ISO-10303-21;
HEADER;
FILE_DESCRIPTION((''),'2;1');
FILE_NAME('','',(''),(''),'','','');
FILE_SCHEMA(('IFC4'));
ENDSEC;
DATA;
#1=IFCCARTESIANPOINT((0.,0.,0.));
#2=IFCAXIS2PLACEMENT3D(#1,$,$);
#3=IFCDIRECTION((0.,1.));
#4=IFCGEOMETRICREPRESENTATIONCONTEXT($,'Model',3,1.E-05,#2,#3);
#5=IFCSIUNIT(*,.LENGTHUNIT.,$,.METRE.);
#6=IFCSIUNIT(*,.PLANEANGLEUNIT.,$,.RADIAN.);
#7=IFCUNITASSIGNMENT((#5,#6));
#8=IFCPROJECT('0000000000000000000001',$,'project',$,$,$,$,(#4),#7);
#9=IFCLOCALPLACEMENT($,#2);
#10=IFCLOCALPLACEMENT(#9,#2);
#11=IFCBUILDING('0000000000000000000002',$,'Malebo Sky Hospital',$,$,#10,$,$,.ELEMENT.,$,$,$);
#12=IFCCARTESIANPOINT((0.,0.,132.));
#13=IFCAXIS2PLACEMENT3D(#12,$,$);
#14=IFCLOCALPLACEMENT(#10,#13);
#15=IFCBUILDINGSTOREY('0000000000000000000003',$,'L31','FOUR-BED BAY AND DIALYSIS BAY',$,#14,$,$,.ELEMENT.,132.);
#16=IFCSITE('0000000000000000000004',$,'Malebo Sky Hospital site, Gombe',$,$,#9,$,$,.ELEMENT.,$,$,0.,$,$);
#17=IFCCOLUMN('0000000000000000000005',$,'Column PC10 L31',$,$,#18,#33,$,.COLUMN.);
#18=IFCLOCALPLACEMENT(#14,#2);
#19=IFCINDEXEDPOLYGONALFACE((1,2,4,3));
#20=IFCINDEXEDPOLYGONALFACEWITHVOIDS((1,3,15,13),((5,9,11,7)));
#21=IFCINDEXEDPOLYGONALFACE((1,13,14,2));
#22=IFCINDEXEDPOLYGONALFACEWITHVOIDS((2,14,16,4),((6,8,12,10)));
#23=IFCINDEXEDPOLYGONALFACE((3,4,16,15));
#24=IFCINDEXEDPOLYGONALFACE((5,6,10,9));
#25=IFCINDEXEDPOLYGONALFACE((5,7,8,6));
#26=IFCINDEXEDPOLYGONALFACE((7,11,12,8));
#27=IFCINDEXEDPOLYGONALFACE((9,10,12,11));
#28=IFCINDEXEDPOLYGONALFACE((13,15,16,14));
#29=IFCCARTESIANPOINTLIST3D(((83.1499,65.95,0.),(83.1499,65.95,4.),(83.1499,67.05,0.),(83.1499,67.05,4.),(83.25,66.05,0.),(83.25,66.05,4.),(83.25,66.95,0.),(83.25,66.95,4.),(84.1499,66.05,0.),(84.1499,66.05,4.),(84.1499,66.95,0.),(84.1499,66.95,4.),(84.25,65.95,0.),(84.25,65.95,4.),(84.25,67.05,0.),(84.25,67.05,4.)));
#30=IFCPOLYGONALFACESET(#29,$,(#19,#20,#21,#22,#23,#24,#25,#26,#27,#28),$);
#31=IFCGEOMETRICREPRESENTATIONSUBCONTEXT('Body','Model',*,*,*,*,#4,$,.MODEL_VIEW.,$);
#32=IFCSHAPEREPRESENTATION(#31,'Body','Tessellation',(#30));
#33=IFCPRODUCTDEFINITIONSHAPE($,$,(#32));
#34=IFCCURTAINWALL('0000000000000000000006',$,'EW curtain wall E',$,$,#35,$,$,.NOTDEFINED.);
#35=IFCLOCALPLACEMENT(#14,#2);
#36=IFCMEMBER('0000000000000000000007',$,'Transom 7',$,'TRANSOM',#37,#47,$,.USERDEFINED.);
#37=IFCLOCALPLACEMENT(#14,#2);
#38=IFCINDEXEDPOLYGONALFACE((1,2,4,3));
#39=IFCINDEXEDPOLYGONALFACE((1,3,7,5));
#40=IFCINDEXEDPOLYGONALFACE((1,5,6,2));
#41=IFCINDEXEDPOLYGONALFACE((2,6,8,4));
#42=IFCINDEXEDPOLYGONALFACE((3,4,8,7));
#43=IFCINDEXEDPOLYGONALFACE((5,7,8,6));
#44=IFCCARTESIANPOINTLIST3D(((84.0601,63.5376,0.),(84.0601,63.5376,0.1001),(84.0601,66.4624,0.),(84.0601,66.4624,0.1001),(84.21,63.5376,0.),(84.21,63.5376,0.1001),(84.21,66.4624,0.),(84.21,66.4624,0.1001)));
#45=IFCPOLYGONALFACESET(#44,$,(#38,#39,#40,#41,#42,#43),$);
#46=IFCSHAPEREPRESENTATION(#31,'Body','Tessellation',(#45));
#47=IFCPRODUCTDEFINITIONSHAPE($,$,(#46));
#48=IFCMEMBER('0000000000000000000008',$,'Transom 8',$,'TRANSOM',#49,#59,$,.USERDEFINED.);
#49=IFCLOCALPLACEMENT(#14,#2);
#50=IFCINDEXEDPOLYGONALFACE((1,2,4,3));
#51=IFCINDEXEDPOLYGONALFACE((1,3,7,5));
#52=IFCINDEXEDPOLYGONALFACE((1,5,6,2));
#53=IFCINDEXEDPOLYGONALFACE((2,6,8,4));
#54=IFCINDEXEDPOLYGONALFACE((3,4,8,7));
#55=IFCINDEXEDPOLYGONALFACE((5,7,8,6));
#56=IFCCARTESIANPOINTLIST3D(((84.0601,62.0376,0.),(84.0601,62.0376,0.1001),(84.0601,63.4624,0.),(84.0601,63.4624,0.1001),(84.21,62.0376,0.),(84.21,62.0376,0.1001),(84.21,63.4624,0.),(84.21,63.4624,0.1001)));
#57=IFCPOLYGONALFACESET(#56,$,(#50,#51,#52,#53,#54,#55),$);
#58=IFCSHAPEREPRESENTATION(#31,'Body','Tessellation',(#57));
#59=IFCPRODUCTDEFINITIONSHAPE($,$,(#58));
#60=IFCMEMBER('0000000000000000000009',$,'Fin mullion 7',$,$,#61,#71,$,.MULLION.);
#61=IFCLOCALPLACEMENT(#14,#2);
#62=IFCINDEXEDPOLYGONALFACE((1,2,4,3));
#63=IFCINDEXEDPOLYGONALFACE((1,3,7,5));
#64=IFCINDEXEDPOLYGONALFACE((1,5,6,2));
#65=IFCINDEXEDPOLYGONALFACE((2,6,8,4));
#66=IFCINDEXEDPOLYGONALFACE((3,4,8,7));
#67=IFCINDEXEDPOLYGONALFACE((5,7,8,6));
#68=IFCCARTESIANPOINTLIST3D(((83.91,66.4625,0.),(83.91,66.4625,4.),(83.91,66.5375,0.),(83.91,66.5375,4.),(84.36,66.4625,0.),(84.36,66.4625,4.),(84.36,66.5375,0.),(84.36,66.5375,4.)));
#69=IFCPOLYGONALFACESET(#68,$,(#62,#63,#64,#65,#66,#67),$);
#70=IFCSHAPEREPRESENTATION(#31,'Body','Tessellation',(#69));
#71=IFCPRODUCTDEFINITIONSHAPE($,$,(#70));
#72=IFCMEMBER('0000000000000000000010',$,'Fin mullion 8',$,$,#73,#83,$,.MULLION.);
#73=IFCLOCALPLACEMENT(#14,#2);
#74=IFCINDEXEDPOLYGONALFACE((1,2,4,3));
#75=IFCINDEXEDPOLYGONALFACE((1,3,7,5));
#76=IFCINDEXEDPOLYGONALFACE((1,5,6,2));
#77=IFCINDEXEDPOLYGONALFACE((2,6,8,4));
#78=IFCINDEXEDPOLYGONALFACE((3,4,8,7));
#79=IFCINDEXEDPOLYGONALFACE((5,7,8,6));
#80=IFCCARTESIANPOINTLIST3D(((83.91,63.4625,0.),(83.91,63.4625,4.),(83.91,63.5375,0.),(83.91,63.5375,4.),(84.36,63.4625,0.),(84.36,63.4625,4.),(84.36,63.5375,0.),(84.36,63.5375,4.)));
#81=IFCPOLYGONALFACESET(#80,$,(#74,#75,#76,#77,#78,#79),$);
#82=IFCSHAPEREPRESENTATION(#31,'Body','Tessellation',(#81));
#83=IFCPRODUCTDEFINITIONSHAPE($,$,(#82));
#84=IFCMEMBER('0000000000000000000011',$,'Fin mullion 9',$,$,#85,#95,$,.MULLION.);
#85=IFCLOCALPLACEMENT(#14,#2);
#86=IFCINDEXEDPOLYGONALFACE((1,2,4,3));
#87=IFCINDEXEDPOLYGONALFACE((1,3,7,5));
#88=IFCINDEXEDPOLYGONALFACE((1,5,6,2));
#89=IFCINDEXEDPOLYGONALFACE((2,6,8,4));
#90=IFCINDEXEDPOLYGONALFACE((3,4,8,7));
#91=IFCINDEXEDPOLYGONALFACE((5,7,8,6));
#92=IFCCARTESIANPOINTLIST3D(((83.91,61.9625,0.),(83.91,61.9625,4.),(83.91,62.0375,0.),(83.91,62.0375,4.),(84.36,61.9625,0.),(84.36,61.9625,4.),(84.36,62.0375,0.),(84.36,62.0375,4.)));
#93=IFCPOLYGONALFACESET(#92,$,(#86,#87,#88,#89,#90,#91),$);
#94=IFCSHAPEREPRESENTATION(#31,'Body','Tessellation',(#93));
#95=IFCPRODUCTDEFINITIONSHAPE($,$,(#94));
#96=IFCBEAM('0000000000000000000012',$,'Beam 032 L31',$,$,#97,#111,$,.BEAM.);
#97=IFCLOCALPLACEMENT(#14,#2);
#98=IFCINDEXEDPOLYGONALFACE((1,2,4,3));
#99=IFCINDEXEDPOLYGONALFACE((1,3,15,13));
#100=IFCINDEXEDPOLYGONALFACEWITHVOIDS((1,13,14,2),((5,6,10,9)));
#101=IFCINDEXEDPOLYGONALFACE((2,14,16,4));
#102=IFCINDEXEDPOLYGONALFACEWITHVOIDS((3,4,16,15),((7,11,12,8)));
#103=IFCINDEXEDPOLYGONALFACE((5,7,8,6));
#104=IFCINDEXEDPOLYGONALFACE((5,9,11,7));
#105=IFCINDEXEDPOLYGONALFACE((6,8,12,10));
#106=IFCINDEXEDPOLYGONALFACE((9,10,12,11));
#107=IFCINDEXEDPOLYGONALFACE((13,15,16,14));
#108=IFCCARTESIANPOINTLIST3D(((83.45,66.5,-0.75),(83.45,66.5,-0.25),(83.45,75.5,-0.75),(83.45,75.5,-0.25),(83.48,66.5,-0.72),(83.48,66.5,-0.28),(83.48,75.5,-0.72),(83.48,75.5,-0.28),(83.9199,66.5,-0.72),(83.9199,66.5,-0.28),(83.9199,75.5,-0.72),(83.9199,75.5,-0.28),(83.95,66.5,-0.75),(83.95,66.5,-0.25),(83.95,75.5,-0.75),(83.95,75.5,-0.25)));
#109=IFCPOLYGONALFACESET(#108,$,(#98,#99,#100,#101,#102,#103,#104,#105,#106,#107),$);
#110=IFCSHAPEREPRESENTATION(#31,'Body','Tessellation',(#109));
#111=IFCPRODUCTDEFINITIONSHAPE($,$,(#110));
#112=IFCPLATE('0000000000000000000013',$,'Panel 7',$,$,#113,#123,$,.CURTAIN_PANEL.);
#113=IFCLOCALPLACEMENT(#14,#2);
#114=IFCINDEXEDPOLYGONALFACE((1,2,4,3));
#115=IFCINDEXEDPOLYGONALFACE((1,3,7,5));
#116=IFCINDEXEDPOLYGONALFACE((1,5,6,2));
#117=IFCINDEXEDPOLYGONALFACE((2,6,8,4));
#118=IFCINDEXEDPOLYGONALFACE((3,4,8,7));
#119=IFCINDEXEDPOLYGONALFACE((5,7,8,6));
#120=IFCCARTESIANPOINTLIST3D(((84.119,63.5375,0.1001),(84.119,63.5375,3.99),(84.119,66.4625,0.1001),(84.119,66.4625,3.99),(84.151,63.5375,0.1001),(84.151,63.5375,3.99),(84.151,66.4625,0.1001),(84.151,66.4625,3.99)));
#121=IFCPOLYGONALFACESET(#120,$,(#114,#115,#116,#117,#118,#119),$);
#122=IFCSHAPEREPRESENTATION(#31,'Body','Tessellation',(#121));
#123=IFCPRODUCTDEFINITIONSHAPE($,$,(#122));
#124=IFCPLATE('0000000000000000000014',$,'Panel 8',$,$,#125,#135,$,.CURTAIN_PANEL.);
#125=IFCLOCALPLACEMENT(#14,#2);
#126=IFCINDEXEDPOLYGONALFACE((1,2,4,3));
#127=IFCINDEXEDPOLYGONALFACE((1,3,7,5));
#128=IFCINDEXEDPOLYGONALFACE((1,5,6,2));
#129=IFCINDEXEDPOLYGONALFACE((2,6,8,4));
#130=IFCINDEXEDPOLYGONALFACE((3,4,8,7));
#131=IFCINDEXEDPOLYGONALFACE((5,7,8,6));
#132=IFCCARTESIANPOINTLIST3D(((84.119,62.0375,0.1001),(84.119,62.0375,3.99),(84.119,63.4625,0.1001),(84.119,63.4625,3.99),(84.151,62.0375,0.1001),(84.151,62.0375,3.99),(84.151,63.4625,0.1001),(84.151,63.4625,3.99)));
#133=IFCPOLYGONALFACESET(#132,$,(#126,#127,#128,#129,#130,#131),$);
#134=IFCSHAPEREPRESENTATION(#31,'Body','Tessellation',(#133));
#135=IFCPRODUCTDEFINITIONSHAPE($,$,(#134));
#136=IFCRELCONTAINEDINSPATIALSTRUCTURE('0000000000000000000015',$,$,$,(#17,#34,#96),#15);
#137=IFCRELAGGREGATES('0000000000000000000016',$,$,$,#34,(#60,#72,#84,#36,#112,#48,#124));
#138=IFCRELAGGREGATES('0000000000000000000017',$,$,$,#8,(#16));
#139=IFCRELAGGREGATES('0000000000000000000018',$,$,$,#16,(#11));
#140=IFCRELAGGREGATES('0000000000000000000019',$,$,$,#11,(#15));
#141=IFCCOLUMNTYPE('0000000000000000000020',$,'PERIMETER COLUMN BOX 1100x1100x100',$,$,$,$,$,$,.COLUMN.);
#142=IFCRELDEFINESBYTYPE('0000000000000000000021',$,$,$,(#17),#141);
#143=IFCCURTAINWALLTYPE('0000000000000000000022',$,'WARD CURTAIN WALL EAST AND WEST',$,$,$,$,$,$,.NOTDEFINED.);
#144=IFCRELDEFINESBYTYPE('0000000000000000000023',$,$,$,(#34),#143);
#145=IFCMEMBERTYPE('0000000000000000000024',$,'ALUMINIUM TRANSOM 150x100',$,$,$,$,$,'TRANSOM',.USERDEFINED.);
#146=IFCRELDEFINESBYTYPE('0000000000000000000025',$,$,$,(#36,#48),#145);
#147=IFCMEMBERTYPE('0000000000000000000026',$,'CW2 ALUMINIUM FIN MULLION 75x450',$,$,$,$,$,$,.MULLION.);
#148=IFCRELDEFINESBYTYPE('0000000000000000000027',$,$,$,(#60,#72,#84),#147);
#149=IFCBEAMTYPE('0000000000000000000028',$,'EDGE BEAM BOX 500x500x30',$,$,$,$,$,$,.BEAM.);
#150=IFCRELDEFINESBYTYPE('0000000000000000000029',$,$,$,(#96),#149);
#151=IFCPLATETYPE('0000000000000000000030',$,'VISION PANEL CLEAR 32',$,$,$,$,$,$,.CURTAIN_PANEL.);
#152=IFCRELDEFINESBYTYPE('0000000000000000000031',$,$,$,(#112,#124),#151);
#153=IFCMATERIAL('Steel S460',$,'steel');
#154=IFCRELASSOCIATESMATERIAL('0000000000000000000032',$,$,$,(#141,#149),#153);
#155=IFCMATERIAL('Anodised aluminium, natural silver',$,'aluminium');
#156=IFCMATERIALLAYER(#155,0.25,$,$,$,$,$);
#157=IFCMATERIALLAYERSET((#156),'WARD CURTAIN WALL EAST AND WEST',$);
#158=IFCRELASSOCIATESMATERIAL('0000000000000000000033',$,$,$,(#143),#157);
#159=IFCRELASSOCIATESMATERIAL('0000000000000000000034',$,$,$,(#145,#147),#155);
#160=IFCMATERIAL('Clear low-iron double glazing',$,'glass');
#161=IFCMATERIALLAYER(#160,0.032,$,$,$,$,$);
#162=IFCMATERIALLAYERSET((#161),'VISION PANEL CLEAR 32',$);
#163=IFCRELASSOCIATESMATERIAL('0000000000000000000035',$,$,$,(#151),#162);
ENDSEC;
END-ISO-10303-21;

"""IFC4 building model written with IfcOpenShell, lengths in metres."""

from ifc_helpers import new_model, si_unit, direction, frame, origin, origin_2d, place, context, subcontext, project, spatial, rectangle, hollow_rectangle, extrude, material, layer, layer_set, material_profile, profile_set, type_object, element, aggregate, save


model = new_model("IFC4")

# Units and contexts
model_context = context("Model", 3, precision=1e-05, world=origin(), true_north=direction((0.0, 1.0)))
body_context = subcontext(model_context, "Body", "Model", "MODEL_VIEW")
ifc_project = project(units=[si_unit("LENGTHUNIT", "METRE"), si_unit("PLANEANGLEUNIT", "RADIAN")], contexts=[model_context])

# Site, building, storey
site_placement = place(None, origin())
site = spatial("IfcSite", under=ifc_project, at=site_placement, Name="Malebo Sky Hospital site, Gombe", CompositionType="ELEMENT", RefElevation=0.0)
building_placement = place(site_placement, origin())
building = spatial("IfcBuilding", under=site, at=building_placement, Name="Malebo Sky Hospital", CompositionType="ELEMENT")
storey_placement = place(building_placement, frame((0.0, 0.0, 132.0)))
storey = spatial("IfcBuildingStorey", under=building, at=storey_placement, Name="L31", Description="FOUR-BED BAY AND DIALYSIS BAY", CompositionType="ELEMENT", Elevation=132.0)

# Column
ifc_material_1 = material(Name="Steel S460", Category="steel")
ifc_material_profile_1 = material_profile(ifc_material_1, hollow_rectangle(XDim=1.1001, YDim=1.1001, WallThickness=0.1001, at=origin_2d()), Name="BOX 1100x1100x100")
ifc_profile_set_1 = profile_set([ifc_material_profile_1], Name="Steel S460")
column_type = type_object("IfcColumnType", Name="PERIMETER COLUMN BOX 1100x1100x100", PredefinedType="COLUMN", material=ifc_profile_set_1)
column_placement = place(storey_placement, frame((83.7, 66.5, 0.0), z_axis=(0.0, 0.0, 1.0), x_axis=(1.0, 0.0, 0.0)))
element("IfcColumn", 1, at=column_placement, inside=storey, type_object=column_type, Name="Column PC10 L31", PredefinedType="COLUMN", context=body_context, shape_type="SweptSolid", body=[
    extrude(hollow_rectangle(XDim=1.1001, YDim=1.1001, WallThickness=0.1001, at=origin_2d()), origin(), (0.0, 0.0, 1.0), 4.0),
])

# Curtain wall, members
ifc_material_2 = material(Name="Anodised aluminium, natural silver", Category="aluminium")
ifc_layer_1 = layer(ifc_material_2, 0.25)
ifc_layer_set_1 = layer_set([ifc_layer_1], Name="WARD CURTAIN WALL EAST AND WEST")
curtain_wall_type = type_object("IfcCurtainWallType", Name="WARD CURTAIN WALL EAST AND WEST", PredefinedType="NOTDEFINED", material=ifc_layer_set_1)
curtain_wall_placement = place(storey_placement, origin())
curtain_wall = element("IfcCurtainWall", 2, at=curtain_wall_placement, inside=storey, type_object=curtain_wall_type, Name="EW curtain wall E", PredefinedType="NOTDEFINED")
ifc_material_profile_2 = material_profile(ifc_material_2, rectangle(XDim=0.1499, YDim=0.1001, at=origin_2d()), Name="ALUMINIUM TRANSOM 150x100")
ifc_profile_set_2 = profile_set([ifc_material_profile_2], Name="Anodised aluminium, natural silver")
member_type_1 = type_object("IfcMemberType", Name="ALUMINIUM TRANSOM 150x100", ElementType="TRANSOM", PredefinedType="USERDEFINED", material=ifc_profile_set_2)
member_1_placement = place(storey_placement, frame((84.135, 66.4624, 0.05), z_axis=(0.0, -1.0, 0.0), x_axis=(1.0, 0.0, 0.0)))
member_1 = element("IfcMember", 3, at=member_1_placement, type_object=member_type_1, Name="Transom 7", ObjectType="TRANSOM", PredefinedType="USERDEFINED", context=body_context, shape_type="SweptSolid", body=[
    extrude(rectangle(XDim=0.1499, YDim=0.1001, at=origin_2d()), origin(), (0.0, 0.0, 1.0), 2.9248),
])
member_2_placement = place(storey_placement, frame((84.135, 63.4624, 0.05), z_axis=(0.0, -1.0, 0.0), x_axis=(1.0, 0.0, 0.0)))
member_2 = element("IfcMember", 4, at=member_2_placement, type_object=member_type_1, Name="Transom 8", ObjectType="TRANSOM", PredefinedType="USERDEFINED", context=body_context, shape_type="SweptSolid", body=[
    extrude(rectangle(XDim=0.1499, YDim=0.1001, at=origin_2d()), origin(), (0.0, 0.0, 1.0), 1.4248),
])
ifc_material_profile_3 = material_profile(ifc_material_2, rectangle(XDim=0.075, YDim=0.45, at=origin_2d()), Name="CW2 ALUMINIUM FIN MULLION 75x450")
ifc_profile_set_3 = profile_set([ifc_material_profile_3], Name="Anodised aluminium, natural silver")
member_type_2 = type_object("IfcMemberType", Name="CW2 ALUMINIUM FIN MULLION 75x450", PredefinedType="MULLION", material=ifc_profile_set_3)
member_3_placement = place(storey_placement, frame((84.135, 66.5, 0.0), z_axis=(0.0, 0.0, 1.0), x_axis=(0.0, -1.0, 0.0)))
member_3 = element("IfcMember", 5, at=member_3_placement, type_object=member_type_2, Name="Fin mullion 7", PredefinedType="MULLION", context=body_context, shape_type="SweptSolid", body=[
    extrude(rectangle(XDim=0.075, YDim=0.45, at=origin_2d()), origin(), (0.0, 0.0, 1.0), 4.0),
])
member_4_placement = place(storey_placement, frame((84.135, 63.5, 0.0), z_axis=(0.0, 0.0, 1.0), x_axis=(0.0, -1.0, 0.0)))
member_4 = element("IfcMember", 6, at=member_4_placement, type_object=member_type_2, Name="Fin mullion 8", PredefinedType="MULLION", context=body_context, shape_type="SweptSolid", body=[
    extrude(rectangle(XDim=0.075, YDim=0.45, at=origin_2d()), origin(), (0.0, 0.0, 1.0), 4.0),
])
member_5_placement = place(storey_placement, frame((84.135, 62.0, 0.0), z_axis=(0.0, 0.0, 1.0), x_axis=(0.0, -1.0, 0.0)))
member_5 = element("IfcMember", 7, at=member_5_placement, type_object=member_type_2, Name="Fin mullion 9", PredefinedType="MULLION", context=body_context, shape_type="SweptSolid", body=[
    extrude(rectangle(XDim=0.075, YDim=0.45, at=origin_2d()), origin(), (0.0, 0.0, 1.0), 4.0),
])

# Beam
ifc_material_profile_4 = material_profile(ifc_material_1, hollow_rectangle(XDim=0.5, YDim=0.5, WallThickness=0.03, at=origin_2d()), Name="BOX 500x500x30")
ifc_profile_set_4 = profile_set([ifc_material_profile_4], Name="Steel S460")
beam_type = type_object("IfcBeamType", Name="EDGE BEAM BOX 500x500x30", PredefinedType="BEAM", material=ifc_profile_set_4)
beam_placement = place(storey_placement, frame((83.7, 66.5, -0.5), z_axis=(0.0, 1.0, 0.0), x_axis=(-1.0, 0.0, 0.0)))
element("IfcBeam", 8, at=beam_placement, inside=storey, type_object=beam_type, Name="Beam 032 L31", PredefinedType="BEAM", context=body_context, shape_type="SweptSolid", body=[
    extrude(hollow_rectangle(XDim=0.5, YDim=0.5, WallThickness=0.03, at=origin_2d()), origin(), (0.0, 0.0, 1.0), 9.0),
])

# Plates
ifc_material_3 = material(Name="Clear low-iron double glazing", Category="glass")
ifc_layer_2 = layer(ifc_material_3, 0.032)
ifc_layer_set_2 = layer_set([ifc_layer_2], Name="VISION PANEL CLEAR 32")
plate_type = type_object("IfcPlateType", Name="VISION PANEL CLEAR 32", PredefinedType="CURTAIN_PANEL", material=ifc_layer_set_2)
plate_1_placement = place(storey_placement, frame((84.135, 65.0, 0.1001), z_axis=(0.0, 0.0, 1.0), x_axis=(0.0, -1.0, 0.0)))
plate_1 = element("IfcPlate", 9, at=plate_1_placement, type_object=plate_type, Name="Panel 7", PredefinedType="CURTAIN_PANEL", context=body_context, shape_type="SweptSolid", body=[
    extrude(rectangle(XDim=2.925, YDim=0.032, at=origin_2d()), origin(), (0.0, 0.0, 1.0), 3.8899),
])
plate_2_placement = place(storey_placement, frame((84.135, 62.75, 0.1001), z_axis=(0.0, 0.0, 1.0), x_axis=(0.0, -1.0, 0.0)))
plate_2 = element("IfcPlate", 10, at=plate_2_placement, type_object=plate_type, Name="Panel 8", PredefinedType="CURTAIN_PANEL", context=body_context, shape_type="SweptSolid", body=[
    extrude(rectangle(XDim=1.425, YDim=0.032, at=origin_2d()), origin(), (0.0, 0.0, 1.0), 3.8899),
])
aggregate(curtain_wall, [member_3, member_4, member_5, member_1, plate_1, member_2, plate_2])

save(model, "model.ifc")
